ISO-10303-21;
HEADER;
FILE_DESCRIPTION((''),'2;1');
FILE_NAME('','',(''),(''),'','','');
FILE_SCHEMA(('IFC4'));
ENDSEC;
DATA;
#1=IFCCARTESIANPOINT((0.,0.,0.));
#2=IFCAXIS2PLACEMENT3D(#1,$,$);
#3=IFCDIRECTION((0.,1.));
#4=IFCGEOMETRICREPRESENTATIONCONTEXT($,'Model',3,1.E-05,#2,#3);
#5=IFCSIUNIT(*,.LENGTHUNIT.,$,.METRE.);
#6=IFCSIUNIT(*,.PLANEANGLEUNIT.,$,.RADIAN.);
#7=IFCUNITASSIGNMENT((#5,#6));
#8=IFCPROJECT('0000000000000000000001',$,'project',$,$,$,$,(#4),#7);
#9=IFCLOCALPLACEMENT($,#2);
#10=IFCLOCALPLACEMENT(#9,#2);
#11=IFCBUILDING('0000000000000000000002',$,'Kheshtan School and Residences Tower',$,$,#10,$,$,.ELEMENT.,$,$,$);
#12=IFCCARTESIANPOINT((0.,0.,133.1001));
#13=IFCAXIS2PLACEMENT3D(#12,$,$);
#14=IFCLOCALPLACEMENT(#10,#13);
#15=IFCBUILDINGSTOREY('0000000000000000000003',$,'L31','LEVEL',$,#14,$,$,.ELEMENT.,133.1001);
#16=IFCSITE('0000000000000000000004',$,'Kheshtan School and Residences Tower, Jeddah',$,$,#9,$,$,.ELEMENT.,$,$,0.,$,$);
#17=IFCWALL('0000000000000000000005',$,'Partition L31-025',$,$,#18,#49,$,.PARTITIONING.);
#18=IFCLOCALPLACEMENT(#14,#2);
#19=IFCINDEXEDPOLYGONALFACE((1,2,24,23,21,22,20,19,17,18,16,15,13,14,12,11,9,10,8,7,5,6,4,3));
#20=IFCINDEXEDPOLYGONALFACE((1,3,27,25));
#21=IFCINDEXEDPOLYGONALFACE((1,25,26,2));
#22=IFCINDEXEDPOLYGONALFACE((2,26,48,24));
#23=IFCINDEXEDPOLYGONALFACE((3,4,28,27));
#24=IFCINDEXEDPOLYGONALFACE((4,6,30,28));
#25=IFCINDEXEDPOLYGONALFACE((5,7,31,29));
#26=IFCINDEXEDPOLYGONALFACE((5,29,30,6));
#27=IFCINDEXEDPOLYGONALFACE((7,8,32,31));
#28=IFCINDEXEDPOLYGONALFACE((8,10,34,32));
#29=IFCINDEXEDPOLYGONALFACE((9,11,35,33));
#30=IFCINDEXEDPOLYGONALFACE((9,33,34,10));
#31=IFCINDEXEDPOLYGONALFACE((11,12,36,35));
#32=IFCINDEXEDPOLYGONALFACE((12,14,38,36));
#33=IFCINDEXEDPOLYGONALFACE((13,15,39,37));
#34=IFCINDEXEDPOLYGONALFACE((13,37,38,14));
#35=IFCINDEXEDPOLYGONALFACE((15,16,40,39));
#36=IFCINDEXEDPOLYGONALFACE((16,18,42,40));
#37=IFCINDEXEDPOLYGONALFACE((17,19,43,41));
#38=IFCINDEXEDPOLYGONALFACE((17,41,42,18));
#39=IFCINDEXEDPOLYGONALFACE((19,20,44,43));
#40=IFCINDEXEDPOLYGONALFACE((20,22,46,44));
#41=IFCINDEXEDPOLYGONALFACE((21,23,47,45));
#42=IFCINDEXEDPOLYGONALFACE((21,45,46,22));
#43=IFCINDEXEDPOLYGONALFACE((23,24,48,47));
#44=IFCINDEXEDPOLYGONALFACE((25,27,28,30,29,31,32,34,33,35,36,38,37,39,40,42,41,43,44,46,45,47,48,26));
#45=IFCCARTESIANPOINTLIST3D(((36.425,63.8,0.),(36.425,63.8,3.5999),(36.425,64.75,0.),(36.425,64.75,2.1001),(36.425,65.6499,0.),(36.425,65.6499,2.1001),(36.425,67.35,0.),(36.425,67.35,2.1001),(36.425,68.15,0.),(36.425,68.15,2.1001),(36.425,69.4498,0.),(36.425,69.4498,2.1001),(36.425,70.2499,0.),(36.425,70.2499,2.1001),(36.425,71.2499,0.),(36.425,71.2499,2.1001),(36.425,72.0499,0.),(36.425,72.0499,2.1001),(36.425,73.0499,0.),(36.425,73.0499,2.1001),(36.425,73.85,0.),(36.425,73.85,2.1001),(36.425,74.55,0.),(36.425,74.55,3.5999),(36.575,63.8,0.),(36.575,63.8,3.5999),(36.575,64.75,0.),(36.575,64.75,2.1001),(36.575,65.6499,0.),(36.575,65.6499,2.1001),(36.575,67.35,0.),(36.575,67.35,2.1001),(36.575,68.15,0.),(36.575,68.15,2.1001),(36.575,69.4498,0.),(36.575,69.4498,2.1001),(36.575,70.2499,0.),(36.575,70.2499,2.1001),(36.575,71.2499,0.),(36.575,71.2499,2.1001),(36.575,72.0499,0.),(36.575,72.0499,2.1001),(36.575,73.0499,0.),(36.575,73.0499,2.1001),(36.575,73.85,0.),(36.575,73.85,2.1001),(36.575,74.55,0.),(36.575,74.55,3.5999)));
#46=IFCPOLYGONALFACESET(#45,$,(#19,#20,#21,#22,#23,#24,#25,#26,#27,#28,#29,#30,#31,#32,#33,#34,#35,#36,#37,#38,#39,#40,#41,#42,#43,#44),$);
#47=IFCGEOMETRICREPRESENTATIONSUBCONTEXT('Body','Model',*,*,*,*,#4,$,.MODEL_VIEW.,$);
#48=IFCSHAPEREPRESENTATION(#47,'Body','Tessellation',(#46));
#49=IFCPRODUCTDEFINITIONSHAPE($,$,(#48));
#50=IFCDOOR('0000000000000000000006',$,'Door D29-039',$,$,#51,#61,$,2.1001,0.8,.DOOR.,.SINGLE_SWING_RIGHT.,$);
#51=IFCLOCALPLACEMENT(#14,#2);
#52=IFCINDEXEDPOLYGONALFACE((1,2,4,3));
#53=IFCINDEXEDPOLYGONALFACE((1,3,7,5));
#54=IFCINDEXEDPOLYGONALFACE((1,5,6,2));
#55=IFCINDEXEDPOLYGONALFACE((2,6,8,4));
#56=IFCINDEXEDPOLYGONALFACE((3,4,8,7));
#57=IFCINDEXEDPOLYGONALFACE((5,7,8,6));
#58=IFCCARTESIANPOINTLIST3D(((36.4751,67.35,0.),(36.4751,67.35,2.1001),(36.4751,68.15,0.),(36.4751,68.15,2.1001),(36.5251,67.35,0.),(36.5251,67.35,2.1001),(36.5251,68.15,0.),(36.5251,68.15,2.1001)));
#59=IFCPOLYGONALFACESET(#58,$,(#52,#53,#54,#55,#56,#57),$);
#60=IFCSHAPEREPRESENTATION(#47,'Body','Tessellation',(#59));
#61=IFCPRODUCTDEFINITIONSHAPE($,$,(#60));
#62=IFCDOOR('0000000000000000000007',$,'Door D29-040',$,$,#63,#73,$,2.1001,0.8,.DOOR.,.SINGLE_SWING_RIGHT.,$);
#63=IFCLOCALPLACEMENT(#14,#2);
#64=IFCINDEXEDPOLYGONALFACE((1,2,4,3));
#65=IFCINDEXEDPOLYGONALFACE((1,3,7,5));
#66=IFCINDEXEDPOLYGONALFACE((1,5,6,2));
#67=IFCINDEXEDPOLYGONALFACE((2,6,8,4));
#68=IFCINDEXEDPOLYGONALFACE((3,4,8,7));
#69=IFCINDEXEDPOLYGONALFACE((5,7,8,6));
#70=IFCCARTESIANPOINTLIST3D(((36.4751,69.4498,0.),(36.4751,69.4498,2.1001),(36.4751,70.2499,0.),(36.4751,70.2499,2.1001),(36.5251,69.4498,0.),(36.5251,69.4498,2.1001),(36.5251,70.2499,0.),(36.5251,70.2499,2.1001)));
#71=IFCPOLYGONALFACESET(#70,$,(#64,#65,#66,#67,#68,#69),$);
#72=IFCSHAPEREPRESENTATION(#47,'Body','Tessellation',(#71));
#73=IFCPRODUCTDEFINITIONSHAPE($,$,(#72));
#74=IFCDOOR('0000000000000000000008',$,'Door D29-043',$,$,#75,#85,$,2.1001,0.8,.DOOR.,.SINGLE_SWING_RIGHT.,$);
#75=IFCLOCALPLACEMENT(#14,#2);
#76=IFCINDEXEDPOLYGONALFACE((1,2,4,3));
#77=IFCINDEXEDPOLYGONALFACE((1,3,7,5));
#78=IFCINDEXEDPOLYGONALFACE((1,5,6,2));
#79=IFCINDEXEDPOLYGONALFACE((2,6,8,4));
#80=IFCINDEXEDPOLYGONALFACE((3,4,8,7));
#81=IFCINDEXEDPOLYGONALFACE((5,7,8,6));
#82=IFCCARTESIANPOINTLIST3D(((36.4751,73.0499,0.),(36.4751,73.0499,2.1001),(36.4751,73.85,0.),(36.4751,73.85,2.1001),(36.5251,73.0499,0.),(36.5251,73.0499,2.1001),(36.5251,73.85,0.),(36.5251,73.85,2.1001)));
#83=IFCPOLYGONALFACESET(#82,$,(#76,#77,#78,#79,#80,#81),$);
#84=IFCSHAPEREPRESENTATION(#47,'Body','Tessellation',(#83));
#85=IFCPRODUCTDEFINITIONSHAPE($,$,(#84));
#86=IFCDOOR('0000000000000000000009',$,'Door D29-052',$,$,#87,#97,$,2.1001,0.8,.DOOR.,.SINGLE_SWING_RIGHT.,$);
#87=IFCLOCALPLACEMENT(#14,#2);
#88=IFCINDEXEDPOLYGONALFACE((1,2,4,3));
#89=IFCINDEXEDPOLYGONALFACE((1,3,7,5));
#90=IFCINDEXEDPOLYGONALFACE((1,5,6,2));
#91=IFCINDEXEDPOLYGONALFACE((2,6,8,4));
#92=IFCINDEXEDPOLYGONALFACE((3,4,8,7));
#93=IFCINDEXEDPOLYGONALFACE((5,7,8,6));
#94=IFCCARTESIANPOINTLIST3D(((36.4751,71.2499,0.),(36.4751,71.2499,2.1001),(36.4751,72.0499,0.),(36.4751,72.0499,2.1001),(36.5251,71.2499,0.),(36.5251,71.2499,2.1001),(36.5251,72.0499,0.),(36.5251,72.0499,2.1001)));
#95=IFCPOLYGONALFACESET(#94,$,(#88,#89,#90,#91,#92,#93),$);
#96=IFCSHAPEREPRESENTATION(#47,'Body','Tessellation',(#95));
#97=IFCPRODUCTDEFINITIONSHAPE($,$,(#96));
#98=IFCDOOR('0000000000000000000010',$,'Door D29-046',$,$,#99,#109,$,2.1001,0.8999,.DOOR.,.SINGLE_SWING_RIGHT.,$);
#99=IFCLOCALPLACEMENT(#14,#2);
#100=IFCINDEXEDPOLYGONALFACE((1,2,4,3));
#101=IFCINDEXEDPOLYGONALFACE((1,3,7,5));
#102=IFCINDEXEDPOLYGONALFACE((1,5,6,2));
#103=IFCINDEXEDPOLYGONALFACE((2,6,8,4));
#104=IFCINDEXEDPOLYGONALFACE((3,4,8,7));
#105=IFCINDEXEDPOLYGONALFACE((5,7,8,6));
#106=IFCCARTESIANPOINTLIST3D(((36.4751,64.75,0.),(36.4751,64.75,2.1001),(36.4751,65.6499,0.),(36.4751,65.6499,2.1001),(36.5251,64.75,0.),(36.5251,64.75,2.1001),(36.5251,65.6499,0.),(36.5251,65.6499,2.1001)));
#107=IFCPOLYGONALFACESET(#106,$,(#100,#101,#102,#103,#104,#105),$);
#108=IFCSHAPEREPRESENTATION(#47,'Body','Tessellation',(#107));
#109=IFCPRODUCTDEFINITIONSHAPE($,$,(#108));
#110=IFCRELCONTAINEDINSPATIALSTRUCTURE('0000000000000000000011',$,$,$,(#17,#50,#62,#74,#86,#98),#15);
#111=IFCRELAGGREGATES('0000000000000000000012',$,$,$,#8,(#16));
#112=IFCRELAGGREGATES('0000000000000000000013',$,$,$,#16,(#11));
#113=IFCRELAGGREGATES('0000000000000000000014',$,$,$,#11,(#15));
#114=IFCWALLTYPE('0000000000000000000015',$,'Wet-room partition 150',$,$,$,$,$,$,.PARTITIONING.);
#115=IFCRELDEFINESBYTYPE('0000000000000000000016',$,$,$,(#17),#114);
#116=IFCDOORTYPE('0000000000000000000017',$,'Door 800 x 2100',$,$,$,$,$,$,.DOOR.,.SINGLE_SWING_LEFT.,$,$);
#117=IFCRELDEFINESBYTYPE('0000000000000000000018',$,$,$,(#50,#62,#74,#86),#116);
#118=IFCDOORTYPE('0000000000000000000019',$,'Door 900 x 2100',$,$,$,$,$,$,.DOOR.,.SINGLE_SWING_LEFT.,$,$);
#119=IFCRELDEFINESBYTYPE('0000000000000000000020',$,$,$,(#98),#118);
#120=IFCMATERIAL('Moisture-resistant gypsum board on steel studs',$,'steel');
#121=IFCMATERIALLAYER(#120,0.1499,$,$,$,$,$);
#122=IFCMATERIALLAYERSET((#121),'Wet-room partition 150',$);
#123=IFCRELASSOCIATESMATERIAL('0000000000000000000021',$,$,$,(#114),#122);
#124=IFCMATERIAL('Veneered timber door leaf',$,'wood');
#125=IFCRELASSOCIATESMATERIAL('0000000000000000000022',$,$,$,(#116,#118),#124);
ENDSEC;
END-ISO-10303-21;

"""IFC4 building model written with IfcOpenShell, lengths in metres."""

from ifc_helpers import new_model, si_unit, direction, frame, frame_2d, origin, place, context, subcontext, project, spatial, rectangle, extrude, source, transform, mapped, material, layer, layer_set, type_object, element, fill, save


model = new_model("IFC4")

# Units and contexts
model_context = context("Model", 3, precision=1e-05, world=origin(), true_north=direction((0.0, 1.0)))
body_context = subcontext(model_context, "Body", "Model", "MODEL_VIEW")
ifc_project = project(units=[si_unit("LENGTHUNIT", "METRE"), si_unit("PLANEANGLEUNIT", "RADIAN")], contexts=[model_context])

# Site, building, storey
site_placement = place(None, origin())
site = spatial("IfcSite", under=ifc_project, at=site_placement, Name="Kheshtan School and Residences Tower, Jeddah", CompositionType="ELEMENT", RefElevation=0.0)
building_placement = place(site_placement, origin())
building = spatial("IfcBuilding", under=site, at=building_placement, Name="Kheshtan School and Residences Tower", CompositionType="ELEMENT")
storey_placement = place(building_placement, frame((0.0, 0.0, 133.1001)))
storey = spatial("IfcBuildingStorey", under=building, at=storey_placement, Name="L31", Description="LEVEL", CompositionType="ELEMENT", Elevation=133.1001)

# Wall, openings, doors
ifc_material_1 = material(Name="Moisture-resistant gypsum board on steel studs", Category="steel")
ifc_layer_1 = layer(ifc_material_1, 0.1499)
ifc_layer_set_1 = layer_set([ifc_layer_1], Name="Wet-room partition 150")
wall_type_1 = type_object("IfcWallType", Name="Wet-room partition 150", PredefinedType="PARTITIONING", material=ifc_layer_set_1)
ifc_material_2 = material(Name="Veneered timber door leaf", Category="wood")
door_type_1 = type_object("IfcDoorType", Name="Door 800 x 2100", OperationType="SINGLE_SWING_LEFT", PredefinedType="DOOR", material=ifc_material_2)
shared_shape_1 = source(origin(), body_context, "Body", "SweptSolid", [
    extrude(rectangle(XDim=0.8, YDim=2.1001, at=frame_2d((0.3999, 1.05))), frame((0.0, 0.0249, 0.0), z_axis=(0.0, -1.0, 0.0), x_axis=(1.0, 0.0, 0.0)), (0.0, 0.0, 1.0), 0.05),
])
door_type_2 = type_object("IfcDoorType", Name="Door 900 x 2100", OperationType="SINGLE_SWING_LEFT", PredefinedType="DOOR", material=ifc_material_2)
shared_shape_2 = source(origin(), body_context, "Body", "SweptSolid", [
    extrude(rectangle(XDim=0.8999, YDim=2.1001, at=frame_2d((0.45, 1.05))), frame((0.0, 0.0249, 0.0), z_axis=(0.0, -1.0, 0.0), x_axis=(1.0, 0.0, 0.0)), (0.0, 0.0, 1.0), 0.05),
])
wall_1_placement = place(storey_placement, frame((36.5, 63.8, 0.0), z_axis=(0.0, 0.0, 1.0), x_axis=(0.0, 1.0, 0.0)))
wall_1 = element("IfcWall", 1, at=wall_1_placement, inside=storey, type_object=wall_type_1, Name="Partition L31-025", PredefinedType="PARTITIONING", context=body_context, shape_type="SweptSolid", body=[
    extrude(rectangle(XDim=10.75, YDim=0.1499, at=frame_2d((5.375, 0.0))), origin(), (0.0, 0.0, 1.0), 3.5999),
])
opening_1_placement = place(wall_1_placement, frame((3.55, 0.0, 0.0)))
opening_1 = element("IfcOpeningElement", 2, at=opening_1_placement, cuts=wall_1, PredefinedType="OPENING", context=body_context, shape_type="SweptSolid", body=[
    extrude(rectangle(XDim=0.8, YDim=2.1001, at=frame_2d((0.3999, 1.05))), frame((0.0, 0.085, 0.0), z_axis=(0.0, -1.0, 0.0), x_axis=(1.0, 0.0, 0.0)), (0.0, 0.0, 1.0), 0.1699),
])
opening_2_placement = place(wall_1_placement, frame((5.6499, 0.0, 0.0)))
opening_2 = element("IfcOpeningElement", 3, at=opening_2_placement, cuts=wall_1, PredefinedType="OPENING", context=body_context, shape_type="SweptSolid", body=[
    extrude(rectangle(XDim=0.8, YDim=2.1001, at=frame_2d((0.3999, 1.05))), frame((0.0, 0.085, 0.0), z_axis=(0.0, -1.0, 0.0), x_axis=(1.0, 0.0, 0.0)), (0.0, 0.0, 1.0), 0.1699),
])
opening_3_placement = place(wall_1_placement, frame((9.25, 0.0, 0.0)))
opening_3 = element("IfcOpeningElement", 4, at=opening_3_placement, cuts=wall_1, PredefinedType="OPENING", context=body_context, shape_type="SweptSolid", body=[
    extrude(rectangle(XDim=0.8, YDim=2.1001, at=frame_2d((0.3999, 1.05))), frame((0.0, 0.085, 0.0), z_axis=(0.0, -1.0, 0.0), x_axis=(1.0, 0.0, 0.0)), (0.0, 0.0, 1.0), 0.1699),
])
opening_4_placement = place(wall_1_placement, frame((0.95, 0.0, 0.0)))
opening_4 = element("IfcOpeningElement", 5, at=opening_4_placement, cuts=wall_1, PredefinedType="OPENING", context=body_context, shape_type="SweptSolid", body=[
    extrude(rectangle(XDim=0.8999, YDim=2.1001, at=frame_2d((0.45, 1.05))), frame((0.0, 0.085, 0.0), z_axis=(0.0, -1.0, 0.0), x_axis=(1.0, 0.0, 0.0)), (0.0, 0.0, 1.0), 0.1699),
])
opening_5_placement = place(wall_1_placement, frame((7.45, 0.0, 0.0)))
opening_5 = element("IfcOpeningElement", 6, at=opening_5_placement, cuts=wall_1, PredefinedType="OPENING", context=body_context, shape_type="SweptSolid", body=[
    extrude(rectangle(XDim=0.8, YDim=2.1001, at=frame_2d((0.3999, 1.05))), frame((0.0, 0.085, 0.0), z_axis=(0.0, -1.0, 0.0), x_axis=(1.0, 0.0, 0.0)), (0.0, 0.0, 1.0), 0.1699),
])
door_1_placement = place(opening_1_placement, origin())
door_1 = element("IfcDoor", 7, at=door_1_placement, inside=storey, type_object=door_type_1, Name="Door D29-039", OperationType="SINGLE_SWING_RIGHT", OverallHeight=2.1001, OverallWidth=0.8, PredefinedType="DOOR", context=body_context, shape_type="MappedRepresentation", body=[
    mapped(shared_shape_1, transform((0.0, 0.0, 0.0), x_axis=(1.0, 0.0, 0.0), y_axis=(0.0, 1.0, 0.0), z_axis=(0.0, 0.0, 1.0), scale=1.0)),
])
fill(opening_1, door_1)
door_2_placement = place(opening_2_placement, origin())
door_2 = element("IfcDoor", 8, at=door_2_placement, inside=storey, type_object=door_type_1, Name="Door D29-040", OperationType="SINGLE_SWING_RIGHT", OverallHeight=2.1001, OverallWidth=0.8, PredefinedType="DOOR", context=body_context, shape_type="MappedRepresentation", body=[
    mapped(shared_shape_1, transform((0.0, 0.0, 0.0), x_axis=(1.0, 0.0, 0.0), y_axis=(0.0, 1.0, 0.0), z_axis=(0.0, 0.0, 1.0), scale=1.0)),
])
fill(opening_2, door_2)
door_3_placement = place(opening_3_placement, origin())
door_3 = element("IfcDoor", 9, at=door_3_placement, inside=storey, type_object=door_type_1, Name="Door D29-043", OperationType="SINGLE_SWING_RIGHT", OverallHeight=2.1001, OverallWidth=0.8, PredefinedType="DOOR", context=body_context, shape_type="MappedRepresentation", body=[
    mapped(shared_shape_1, transform((0.0, 0.0, 0.0), x_axis=(1.0, 0.0, 0.0), y_axis=(0.0, 1.0, 0.0), z_axis=(0.0, 0.0, 1.0), scale=1.0)),
])
fill(opening_3, door_3)
door_4_placement = place(opening_5_placement, origin())
door_4 = element("IfcDoor", 10, at=door_4_placement, inside=storey, type_object=door_type_1, Name="Door D29-052", OperationType="SINGLE_SWING_RIGHT", OverallHeight=2.1001, OverallWidth=0.8, PredefinedType="DOOR", context=body_context, shape_type="MappedRepresentation", body=[
    mapped(shared_shape_1, transform((0.0, 0.0, 0.0), x_axis=(1.0, 0.0, 0.0), y_axis=(0.0, 1.0, 0.0), z_axis=(0.0, 0.0, 1.0), scale=1.0)),
])
fill(opening_5, door_4)
door_5_placement = place(opening_4_placement, origin())
door_5 = element("IfcDoor", 11, at=door_5_placement, inside=storey, type_object=door_type_2, Name="Door D29-046", OperationType="SINGLE_SWING_RIGHT", OverallHeight=2.1001, OverallWidth=0.8999, PredefinedType="DOOR", context=body_context, shape_type="MappedRepresentation", body=[
    mapped(shared_shape_2, transform((0.0, 0.0, 0.0), x_axis=(1.0, 0.0, 0.0), y_axis=(0.0, 1.0, 0.0), z_axis=(0.0, 0.0, 1.0), scale=1.0)),
])
fill(opening_4, door_5)

save(model, "model.ifc")
